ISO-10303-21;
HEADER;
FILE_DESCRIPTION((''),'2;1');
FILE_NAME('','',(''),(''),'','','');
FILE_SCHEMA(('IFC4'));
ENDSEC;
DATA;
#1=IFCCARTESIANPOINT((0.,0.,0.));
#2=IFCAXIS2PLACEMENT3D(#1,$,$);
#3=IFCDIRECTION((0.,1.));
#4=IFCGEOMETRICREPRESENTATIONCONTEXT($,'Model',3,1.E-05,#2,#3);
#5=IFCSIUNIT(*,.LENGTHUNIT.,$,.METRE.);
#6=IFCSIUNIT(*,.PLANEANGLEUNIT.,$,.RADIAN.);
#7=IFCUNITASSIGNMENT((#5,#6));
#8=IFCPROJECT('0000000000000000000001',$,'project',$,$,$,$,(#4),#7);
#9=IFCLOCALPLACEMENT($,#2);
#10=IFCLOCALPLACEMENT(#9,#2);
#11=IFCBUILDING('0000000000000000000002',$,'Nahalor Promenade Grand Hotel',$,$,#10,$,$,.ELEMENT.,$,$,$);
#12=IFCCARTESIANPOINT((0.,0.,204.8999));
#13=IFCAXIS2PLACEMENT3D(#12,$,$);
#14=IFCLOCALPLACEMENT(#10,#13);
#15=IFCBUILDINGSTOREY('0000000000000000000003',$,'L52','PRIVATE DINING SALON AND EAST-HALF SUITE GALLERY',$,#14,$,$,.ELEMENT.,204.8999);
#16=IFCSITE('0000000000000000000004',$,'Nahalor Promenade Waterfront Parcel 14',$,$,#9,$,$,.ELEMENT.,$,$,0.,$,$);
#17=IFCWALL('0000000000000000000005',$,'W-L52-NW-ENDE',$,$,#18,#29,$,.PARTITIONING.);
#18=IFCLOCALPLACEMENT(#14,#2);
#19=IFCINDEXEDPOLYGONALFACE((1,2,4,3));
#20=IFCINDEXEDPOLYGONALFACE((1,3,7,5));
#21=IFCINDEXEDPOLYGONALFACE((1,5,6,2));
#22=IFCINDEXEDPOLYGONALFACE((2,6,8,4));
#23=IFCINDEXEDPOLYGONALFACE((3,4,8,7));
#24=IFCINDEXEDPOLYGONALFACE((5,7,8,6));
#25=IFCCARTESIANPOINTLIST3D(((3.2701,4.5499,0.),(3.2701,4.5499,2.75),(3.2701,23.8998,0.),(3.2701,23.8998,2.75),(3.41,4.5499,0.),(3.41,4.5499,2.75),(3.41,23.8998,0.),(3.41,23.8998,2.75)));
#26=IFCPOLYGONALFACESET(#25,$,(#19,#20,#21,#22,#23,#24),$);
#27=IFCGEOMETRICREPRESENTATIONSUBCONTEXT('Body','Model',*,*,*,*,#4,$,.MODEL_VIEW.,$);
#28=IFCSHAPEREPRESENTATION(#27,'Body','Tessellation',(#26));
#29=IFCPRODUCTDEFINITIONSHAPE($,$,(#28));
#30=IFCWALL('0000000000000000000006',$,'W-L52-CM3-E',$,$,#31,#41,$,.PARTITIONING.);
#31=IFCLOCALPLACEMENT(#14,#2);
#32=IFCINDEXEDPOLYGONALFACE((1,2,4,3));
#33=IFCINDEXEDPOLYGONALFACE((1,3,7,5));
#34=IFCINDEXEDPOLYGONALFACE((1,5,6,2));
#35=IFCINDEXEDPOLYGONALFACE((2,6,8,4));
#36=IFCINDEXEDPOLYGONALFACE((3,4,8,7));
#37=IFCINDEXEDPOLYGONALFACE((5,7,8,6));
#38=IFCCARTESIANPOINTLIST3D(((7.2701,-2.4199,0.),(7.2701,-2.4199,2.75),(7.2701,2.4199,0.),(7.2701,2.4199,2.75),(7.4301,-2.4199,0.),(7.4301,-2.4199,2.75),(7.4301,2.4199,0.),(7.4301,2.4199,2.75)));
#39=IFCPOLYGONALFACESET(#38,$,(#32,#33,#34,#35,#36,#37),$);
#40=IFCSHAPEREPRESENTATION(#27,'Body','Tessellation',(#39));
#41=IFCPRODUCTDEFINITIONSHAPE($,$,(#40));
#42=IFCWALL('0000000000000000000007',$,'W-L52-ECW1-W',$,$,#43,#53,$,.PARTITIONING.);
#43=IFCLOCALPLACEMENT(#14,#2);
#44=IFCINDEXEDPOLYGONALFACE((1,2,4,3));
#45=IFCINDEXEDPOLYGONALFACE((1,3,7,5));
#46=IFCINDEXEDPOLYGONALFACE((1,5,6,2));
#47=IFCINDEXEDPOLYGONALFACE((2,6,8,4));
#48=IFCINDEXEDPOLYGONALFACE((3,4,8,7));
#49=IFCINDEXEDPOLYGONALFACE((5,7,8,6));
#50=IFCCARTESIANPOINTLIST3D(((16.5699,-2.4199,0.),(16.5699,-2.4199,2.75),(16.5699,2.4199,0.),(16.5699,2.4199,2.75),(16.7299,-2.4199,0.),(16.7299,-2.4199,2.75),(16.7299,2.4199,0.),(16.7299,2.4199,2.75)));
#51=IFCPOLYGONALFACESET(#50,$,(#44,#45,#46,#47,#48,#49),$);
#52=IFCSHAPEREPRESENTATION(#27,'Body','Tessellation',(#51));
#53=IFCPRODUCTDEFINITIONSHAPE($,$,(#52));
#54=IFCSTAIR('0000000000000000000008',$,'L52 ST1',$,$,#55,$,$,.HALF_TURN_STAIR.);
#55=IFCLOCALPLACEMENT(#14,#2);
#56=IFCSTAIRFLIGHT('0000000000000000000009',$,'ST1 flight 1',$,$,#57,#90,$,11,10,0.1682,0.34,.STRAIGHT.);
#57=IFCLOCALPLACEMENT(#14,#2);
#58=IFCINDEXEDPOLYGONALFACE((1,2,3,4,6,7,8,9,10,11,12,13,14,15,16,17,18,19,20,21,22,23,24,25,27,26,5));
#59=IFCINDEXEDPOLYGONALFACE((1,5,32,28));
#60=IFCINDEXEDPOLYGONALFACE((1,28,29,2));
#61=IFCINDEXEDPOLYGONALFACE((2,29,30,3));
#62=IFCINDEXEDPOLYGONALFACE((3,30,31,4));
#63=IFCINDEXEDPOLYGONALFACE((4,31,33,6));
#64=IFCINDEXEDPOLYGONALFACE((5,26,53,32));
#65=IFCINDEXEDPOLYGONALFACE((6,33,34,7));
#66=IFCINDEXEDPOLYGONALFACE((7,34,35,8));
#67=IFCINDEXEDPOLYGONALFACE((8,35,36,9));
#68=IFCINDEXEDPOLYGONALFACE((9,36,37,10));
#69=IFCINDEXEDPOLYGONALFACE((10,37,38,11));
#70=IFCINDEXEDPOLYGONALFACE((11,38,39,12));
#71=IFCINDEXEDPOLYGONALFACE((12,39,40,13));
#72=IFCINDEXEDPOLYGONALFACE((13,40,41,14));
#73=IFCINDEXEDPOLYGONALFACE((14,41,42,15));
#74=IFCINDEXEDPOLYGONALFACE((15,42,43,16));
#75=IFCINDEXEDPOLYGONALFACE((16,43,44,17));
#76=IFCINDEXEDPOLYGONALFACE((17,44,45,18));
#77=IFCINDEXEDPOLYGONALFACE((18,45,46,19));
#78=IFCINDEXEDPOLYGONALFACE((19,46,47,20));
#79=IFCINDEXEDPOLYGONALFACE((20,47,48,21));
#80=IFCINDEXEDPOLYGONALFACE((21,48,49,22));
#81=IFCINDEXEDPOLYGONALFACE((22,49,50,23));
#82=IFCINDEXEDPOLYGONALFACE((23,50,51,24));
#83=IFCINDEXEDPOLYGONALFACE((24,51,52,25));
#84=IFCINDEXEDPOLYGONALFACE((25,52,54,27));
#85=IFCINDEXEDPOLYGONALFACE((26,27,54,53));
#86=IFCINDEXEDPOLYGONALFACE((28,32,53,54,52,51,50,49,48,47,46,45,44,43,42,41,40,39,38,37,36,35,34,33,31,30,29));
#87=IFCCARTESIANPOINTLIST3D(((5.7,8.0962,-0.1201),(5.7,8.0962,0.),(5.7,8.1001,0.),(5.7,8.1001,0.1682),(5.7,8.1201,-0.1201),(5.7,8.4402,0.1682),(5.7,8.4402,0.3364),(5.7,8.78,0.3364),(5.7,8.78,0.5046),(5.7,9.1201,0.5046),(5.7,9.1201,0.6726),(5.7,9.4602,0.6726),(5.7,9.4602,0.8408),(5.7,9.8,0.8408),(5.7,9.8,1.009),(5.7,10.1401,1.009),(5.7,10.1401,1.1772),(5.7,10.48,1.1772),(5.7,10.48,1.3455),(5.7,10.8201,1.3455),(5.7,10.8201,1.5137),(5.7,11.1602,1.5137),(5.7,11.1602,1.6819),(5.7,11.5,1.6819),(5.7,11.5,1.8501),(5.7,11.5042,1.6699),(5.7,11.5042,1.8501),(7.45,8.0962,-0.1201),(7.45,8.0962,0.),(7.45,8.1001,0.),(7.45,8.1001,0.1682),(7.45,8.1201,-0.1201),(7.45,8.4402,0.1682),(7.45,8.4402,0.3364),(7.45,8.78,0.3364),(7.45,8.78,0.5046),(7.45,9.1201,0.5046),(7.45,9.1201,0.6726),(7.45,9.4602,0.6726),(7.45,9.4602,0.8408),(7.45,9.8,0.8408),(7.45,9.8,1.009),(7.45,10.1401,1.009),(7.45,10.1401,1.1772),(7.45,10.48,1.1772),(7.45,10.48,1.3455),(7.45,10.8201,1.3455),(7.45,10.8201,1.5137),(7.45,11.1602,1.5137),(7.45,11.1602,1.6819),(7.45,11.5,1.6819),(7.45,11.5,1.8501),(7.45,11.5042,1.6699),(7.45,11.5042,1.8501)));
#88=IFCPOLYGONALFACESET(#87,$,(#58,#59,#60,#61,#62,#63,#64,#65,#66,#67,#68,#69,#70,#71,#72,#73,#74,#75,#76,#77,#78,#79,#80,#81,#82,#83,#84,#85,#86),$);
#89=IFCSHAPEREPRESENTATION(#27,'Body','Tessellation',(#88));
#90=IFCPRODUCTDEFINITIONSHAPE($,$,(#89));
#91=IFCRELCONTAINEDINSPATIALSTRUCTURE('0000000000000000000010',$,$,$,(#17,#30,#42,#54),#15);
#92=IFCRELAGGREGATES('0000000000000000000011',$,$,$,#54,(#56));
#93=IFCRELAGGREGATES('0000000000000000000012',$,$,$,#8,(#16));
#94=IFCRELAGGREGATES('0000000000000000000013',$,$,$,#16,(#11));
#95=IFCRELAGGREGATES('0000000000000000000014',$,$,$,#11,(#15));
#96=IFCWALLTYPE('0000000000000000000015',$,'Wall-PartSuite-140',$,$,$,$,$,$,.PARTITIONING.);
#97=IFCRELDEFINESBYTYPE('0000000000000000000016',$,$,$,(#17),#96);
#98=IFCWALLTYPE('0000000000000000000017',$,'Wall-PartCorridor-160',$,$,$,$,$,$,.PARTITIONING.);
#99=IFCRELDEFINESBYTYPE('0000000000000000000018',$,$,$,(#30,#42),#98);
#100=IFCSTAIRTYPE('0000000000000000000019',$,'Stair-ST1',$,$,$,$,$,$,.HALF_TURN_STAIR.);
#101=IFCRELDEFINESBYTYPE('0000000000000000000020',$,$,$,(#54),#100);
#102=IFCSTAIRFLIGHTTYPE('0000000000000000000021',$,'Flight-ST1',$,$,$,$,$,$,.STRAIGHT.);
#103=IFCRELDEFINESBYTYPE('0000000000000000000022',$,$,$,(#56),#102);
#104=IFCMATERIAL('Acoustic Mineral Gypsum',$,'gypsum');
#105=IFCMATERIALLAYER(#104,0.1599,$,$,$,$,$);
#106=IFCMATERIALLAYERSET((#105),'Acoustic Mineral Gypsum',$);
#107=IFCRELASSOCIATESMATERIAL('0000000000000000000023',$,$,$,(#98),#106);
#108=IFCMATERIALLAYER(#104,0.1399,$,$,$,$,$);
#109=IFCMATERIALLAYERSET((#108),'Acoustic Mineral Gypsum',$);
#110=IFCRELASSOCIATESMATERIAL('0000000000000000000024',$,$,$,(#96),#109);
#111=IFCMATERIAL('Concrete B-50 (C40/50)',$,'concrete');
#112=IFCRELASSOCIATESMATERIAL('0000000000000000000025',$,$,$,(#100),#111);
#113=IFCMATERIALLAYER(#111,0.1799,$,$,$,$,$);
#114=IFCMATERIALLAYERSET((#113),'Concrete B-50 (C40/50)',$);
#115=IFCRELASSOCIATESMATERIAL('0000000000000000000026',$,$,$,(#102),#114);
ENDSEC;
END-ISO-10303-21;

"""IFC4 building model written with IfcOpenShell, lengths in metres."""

from ifc_helpers import new_model, si_unit, direction, frame, frame_2d, origin, place, context, subcontext, project, spatial, polyline, rectangle, outline, extrude, source, transform, mapped, material, layer, layer_set, type_object, element, aggregate, save


model = new_model("IFC4")

# Units and contexts
model_context = context("Model", 3, precision=1e-05, world=origin(), true_north=direction((0.0, 1.0)))
body_context = subcontext(model_context, "Body", "Model", "MODEL_VIEW")
ifc_project = project(units=[si_unit("LENGTHUNIT", "METRE"), si_unit("PLANEANGLEUNIT", "RADIAN")], contexts=[model_context])

# Site, building, storey
site_placement = place(None, origin())
site = spatial("IfcSite", under=ifc_project, at=site_placement, Name="Nahalor Promenade Waterfront Parcel 14", CompositionType="ELEMENT", RefElevation=0.0)
building_placement = place(site_placement, origin())
building = spatial("IfcBuilding", under=site, at=building_placement, Name="Nahalor Promenade Grand Hotel", CompositionType="ELEMENT")
storey_placement = place(building_placement, frame((0.0, 0.0, 204.8999)))
storey = spatial("IfcBuildingStorey", under=building, at=storey_placement, Name="L52", Description="PRIVATE DINING SALON AND EAST-HALF SUITE GALLERY", CompositionType="ELEMENT", Elevation=204.8999)

# Shared definitions
ifc_material_1 = material(Name="Concrete B-50 (C40/50)", Category="concrete")

# Shared definitions
ifc_material_2 = material(Name="Acoustic Mineral Gypsum", Category="gypsum")
ifc_layer_1 = layer(ifc_material_2, 0.1599)
ifc_layer_set_1 = layer_set([ifc_layer_1], Name="Acoustic Mineral Gypsum")
wall_type_1 = type_object("IfcWallType", Name="Wall-PartCorridor-160", PredefinedType="PARTITIONING", material=ifc_layer_set_1)

# Walls
ifc_layer_2 = layer(ifc_material_2, 0.1399)
ifc_layer_set_2 = layer_set([ifc_layer_2], Name="Acoustic Mineral Gypsum")
wall_type_2 = type_object("IfcWallType", Name="Wall-PartSuite-140", PredefinedType="PARTITIONING", material=ifc_layer_set_2)
shared_shape_1 = source(origin(), body_context, "Body", "SweptSolid", [
    extrude(rectangle(XDim=19.3499, YDim=0.1399, at=frame_2d((9.6748, 0.0))), origin(), (0.0, 0.0, 1.0), 2.75),
])
wall_1_placement = place(storey_placement, frame((3.3401, 4.55, 0.0), z_axis=(0.0, 0.0, 1.0), x_axis=(0.0, 1.0, 0.0)))
element("IfcWall", 1, at=wall_1_placement, inside=storey, type_object=wall_type_2, Name="W-L52-NW-ENDE", PredefinedType="PARTITIONING", context=body_context, shape_type="MappedRepresentation", body=[
    mapped(shared_shape_1, transform((0.0, 0.0, 0.0), scale=1.0)),
])
shared_shape_2 = source(origin(), body_context, "Body", "SweptSolid", [
    extrude(rectangle(XDim=4.8398, YDim=0.1599, at=frame_2d((2.4199, 0.0))), origin(), (0.0, 0.0, 1.0), 2.75),
])
for number, where, z_axis, x_axis, name in (
    (2, (7.3501, -2.4199, 0.0), (0.0, 0.0, 1.0), (0.0, 1.0, 0.0), "W-L52-CM3-E"),
    (3, (16.6499, -2.4199, 0.0), (0.0, 0.0, 1.0), (0.0, 1.0, 0.0), "W-L52-ECW1-W"),
):
    element("IfcWall", number, at=place(storey_placement, frame(where, z_axis=z_axis, x_axis=x_axis)), inside=storey, type_object=wall_type_1, Name=name, PredefinedType="PARTITIONING", context=body_context, shape_type="MappedRepresentation", body=[
        mapped(shared_shape_2, transform((0.0, 0.0, 0.0), scale=1.0)),
    ])

# Stair, stair flight
stair_type = type_object("IfcStairType", Name="Stair-ST1", PredefinedType="HALF_TURN_STAIR", material=ifc_material_1)
stair_placement = place(storey_placement, origin())
stair = element("IfcStair", 4, at=stair_placement, inside=storey, type_object=stair_type, Name="L52 ST1", PredefinedType="HALF_TURN_STAIR")
ifc_layer_3 = layer(ifc_material_1, 0.1799)
ifc_layer_set_3 = layer_set([ifc_layer_3], Name="Concrete B-50 (C40/50)")
stair_flight_type = type_object("IfcStairFlightType", Name="Flight-ST1", PredefinedType="STRAIGHT", material=ifc_layer_set_3)
shared_shape_3 = source(origin(), body_context, "Body", "SweptSolid", [
    extrude(outline(polyline([(-0.0039, -0.1201), (-0.0039, 0.0), (0.0, 0.0), (0.0, 0.1682), (0.3401, 0.1682), (0.3401, 0.3364), (0.6799, 0.3364), (0.6799, 0.5046), (1.02, 0.5046), (1.02, 0.6726), (1.3601, 0.6726), (1.3601, 0.8408), (1.7, 0.8408), (1.7, 1.009), (2.04, 1.009), (2.04, 1.1772), (2.3799, 1.1772), (2.3799, 1.3455), (2.72, 1.3455), (2.72, 1.5137), (3.0601, 1.5137), (3.0601, 1.6819), (3.3999, 1.6819), (3.3999, 1.8501), (3.4041, 1.8501), (3.4041, 1.6699), (0.02, -0.1201), (-0.0039, -0.1201)])), frame((0.0, 0.875, 0.0), z_axis=(0.0, -1.0, 0.0), x_axis=(1.0, 0.0, 0.0)), (0.0, 0.0, 1.0), 1.75),
])
stair_flight_placement = place(storey_placement, frame((6.575, 8.1001, 0.0), z_axis=(0.0, 0.0, 1.0), x_axis=(0.0, 1.0, 0.0)))
stair_flight = element("IfcStairFlight", 5, at=stair_flight_placement, type_object=stair_flight_type, Name="ST1 flight 1", NumberOfRisers=11, NumberOfTreads=10, PredefinedType="STRAIGHT", RiserHeight=0.1682, TreadLength=0.34, context=body_context, shape_type="MappedRepresentation", body=[
    mapped(shared_shape_3, transform((0.0, 0.0, 0.0), scale=1.0)),
])
aggregate(stair, [stair_flight])

save(model, "model.ifc")
